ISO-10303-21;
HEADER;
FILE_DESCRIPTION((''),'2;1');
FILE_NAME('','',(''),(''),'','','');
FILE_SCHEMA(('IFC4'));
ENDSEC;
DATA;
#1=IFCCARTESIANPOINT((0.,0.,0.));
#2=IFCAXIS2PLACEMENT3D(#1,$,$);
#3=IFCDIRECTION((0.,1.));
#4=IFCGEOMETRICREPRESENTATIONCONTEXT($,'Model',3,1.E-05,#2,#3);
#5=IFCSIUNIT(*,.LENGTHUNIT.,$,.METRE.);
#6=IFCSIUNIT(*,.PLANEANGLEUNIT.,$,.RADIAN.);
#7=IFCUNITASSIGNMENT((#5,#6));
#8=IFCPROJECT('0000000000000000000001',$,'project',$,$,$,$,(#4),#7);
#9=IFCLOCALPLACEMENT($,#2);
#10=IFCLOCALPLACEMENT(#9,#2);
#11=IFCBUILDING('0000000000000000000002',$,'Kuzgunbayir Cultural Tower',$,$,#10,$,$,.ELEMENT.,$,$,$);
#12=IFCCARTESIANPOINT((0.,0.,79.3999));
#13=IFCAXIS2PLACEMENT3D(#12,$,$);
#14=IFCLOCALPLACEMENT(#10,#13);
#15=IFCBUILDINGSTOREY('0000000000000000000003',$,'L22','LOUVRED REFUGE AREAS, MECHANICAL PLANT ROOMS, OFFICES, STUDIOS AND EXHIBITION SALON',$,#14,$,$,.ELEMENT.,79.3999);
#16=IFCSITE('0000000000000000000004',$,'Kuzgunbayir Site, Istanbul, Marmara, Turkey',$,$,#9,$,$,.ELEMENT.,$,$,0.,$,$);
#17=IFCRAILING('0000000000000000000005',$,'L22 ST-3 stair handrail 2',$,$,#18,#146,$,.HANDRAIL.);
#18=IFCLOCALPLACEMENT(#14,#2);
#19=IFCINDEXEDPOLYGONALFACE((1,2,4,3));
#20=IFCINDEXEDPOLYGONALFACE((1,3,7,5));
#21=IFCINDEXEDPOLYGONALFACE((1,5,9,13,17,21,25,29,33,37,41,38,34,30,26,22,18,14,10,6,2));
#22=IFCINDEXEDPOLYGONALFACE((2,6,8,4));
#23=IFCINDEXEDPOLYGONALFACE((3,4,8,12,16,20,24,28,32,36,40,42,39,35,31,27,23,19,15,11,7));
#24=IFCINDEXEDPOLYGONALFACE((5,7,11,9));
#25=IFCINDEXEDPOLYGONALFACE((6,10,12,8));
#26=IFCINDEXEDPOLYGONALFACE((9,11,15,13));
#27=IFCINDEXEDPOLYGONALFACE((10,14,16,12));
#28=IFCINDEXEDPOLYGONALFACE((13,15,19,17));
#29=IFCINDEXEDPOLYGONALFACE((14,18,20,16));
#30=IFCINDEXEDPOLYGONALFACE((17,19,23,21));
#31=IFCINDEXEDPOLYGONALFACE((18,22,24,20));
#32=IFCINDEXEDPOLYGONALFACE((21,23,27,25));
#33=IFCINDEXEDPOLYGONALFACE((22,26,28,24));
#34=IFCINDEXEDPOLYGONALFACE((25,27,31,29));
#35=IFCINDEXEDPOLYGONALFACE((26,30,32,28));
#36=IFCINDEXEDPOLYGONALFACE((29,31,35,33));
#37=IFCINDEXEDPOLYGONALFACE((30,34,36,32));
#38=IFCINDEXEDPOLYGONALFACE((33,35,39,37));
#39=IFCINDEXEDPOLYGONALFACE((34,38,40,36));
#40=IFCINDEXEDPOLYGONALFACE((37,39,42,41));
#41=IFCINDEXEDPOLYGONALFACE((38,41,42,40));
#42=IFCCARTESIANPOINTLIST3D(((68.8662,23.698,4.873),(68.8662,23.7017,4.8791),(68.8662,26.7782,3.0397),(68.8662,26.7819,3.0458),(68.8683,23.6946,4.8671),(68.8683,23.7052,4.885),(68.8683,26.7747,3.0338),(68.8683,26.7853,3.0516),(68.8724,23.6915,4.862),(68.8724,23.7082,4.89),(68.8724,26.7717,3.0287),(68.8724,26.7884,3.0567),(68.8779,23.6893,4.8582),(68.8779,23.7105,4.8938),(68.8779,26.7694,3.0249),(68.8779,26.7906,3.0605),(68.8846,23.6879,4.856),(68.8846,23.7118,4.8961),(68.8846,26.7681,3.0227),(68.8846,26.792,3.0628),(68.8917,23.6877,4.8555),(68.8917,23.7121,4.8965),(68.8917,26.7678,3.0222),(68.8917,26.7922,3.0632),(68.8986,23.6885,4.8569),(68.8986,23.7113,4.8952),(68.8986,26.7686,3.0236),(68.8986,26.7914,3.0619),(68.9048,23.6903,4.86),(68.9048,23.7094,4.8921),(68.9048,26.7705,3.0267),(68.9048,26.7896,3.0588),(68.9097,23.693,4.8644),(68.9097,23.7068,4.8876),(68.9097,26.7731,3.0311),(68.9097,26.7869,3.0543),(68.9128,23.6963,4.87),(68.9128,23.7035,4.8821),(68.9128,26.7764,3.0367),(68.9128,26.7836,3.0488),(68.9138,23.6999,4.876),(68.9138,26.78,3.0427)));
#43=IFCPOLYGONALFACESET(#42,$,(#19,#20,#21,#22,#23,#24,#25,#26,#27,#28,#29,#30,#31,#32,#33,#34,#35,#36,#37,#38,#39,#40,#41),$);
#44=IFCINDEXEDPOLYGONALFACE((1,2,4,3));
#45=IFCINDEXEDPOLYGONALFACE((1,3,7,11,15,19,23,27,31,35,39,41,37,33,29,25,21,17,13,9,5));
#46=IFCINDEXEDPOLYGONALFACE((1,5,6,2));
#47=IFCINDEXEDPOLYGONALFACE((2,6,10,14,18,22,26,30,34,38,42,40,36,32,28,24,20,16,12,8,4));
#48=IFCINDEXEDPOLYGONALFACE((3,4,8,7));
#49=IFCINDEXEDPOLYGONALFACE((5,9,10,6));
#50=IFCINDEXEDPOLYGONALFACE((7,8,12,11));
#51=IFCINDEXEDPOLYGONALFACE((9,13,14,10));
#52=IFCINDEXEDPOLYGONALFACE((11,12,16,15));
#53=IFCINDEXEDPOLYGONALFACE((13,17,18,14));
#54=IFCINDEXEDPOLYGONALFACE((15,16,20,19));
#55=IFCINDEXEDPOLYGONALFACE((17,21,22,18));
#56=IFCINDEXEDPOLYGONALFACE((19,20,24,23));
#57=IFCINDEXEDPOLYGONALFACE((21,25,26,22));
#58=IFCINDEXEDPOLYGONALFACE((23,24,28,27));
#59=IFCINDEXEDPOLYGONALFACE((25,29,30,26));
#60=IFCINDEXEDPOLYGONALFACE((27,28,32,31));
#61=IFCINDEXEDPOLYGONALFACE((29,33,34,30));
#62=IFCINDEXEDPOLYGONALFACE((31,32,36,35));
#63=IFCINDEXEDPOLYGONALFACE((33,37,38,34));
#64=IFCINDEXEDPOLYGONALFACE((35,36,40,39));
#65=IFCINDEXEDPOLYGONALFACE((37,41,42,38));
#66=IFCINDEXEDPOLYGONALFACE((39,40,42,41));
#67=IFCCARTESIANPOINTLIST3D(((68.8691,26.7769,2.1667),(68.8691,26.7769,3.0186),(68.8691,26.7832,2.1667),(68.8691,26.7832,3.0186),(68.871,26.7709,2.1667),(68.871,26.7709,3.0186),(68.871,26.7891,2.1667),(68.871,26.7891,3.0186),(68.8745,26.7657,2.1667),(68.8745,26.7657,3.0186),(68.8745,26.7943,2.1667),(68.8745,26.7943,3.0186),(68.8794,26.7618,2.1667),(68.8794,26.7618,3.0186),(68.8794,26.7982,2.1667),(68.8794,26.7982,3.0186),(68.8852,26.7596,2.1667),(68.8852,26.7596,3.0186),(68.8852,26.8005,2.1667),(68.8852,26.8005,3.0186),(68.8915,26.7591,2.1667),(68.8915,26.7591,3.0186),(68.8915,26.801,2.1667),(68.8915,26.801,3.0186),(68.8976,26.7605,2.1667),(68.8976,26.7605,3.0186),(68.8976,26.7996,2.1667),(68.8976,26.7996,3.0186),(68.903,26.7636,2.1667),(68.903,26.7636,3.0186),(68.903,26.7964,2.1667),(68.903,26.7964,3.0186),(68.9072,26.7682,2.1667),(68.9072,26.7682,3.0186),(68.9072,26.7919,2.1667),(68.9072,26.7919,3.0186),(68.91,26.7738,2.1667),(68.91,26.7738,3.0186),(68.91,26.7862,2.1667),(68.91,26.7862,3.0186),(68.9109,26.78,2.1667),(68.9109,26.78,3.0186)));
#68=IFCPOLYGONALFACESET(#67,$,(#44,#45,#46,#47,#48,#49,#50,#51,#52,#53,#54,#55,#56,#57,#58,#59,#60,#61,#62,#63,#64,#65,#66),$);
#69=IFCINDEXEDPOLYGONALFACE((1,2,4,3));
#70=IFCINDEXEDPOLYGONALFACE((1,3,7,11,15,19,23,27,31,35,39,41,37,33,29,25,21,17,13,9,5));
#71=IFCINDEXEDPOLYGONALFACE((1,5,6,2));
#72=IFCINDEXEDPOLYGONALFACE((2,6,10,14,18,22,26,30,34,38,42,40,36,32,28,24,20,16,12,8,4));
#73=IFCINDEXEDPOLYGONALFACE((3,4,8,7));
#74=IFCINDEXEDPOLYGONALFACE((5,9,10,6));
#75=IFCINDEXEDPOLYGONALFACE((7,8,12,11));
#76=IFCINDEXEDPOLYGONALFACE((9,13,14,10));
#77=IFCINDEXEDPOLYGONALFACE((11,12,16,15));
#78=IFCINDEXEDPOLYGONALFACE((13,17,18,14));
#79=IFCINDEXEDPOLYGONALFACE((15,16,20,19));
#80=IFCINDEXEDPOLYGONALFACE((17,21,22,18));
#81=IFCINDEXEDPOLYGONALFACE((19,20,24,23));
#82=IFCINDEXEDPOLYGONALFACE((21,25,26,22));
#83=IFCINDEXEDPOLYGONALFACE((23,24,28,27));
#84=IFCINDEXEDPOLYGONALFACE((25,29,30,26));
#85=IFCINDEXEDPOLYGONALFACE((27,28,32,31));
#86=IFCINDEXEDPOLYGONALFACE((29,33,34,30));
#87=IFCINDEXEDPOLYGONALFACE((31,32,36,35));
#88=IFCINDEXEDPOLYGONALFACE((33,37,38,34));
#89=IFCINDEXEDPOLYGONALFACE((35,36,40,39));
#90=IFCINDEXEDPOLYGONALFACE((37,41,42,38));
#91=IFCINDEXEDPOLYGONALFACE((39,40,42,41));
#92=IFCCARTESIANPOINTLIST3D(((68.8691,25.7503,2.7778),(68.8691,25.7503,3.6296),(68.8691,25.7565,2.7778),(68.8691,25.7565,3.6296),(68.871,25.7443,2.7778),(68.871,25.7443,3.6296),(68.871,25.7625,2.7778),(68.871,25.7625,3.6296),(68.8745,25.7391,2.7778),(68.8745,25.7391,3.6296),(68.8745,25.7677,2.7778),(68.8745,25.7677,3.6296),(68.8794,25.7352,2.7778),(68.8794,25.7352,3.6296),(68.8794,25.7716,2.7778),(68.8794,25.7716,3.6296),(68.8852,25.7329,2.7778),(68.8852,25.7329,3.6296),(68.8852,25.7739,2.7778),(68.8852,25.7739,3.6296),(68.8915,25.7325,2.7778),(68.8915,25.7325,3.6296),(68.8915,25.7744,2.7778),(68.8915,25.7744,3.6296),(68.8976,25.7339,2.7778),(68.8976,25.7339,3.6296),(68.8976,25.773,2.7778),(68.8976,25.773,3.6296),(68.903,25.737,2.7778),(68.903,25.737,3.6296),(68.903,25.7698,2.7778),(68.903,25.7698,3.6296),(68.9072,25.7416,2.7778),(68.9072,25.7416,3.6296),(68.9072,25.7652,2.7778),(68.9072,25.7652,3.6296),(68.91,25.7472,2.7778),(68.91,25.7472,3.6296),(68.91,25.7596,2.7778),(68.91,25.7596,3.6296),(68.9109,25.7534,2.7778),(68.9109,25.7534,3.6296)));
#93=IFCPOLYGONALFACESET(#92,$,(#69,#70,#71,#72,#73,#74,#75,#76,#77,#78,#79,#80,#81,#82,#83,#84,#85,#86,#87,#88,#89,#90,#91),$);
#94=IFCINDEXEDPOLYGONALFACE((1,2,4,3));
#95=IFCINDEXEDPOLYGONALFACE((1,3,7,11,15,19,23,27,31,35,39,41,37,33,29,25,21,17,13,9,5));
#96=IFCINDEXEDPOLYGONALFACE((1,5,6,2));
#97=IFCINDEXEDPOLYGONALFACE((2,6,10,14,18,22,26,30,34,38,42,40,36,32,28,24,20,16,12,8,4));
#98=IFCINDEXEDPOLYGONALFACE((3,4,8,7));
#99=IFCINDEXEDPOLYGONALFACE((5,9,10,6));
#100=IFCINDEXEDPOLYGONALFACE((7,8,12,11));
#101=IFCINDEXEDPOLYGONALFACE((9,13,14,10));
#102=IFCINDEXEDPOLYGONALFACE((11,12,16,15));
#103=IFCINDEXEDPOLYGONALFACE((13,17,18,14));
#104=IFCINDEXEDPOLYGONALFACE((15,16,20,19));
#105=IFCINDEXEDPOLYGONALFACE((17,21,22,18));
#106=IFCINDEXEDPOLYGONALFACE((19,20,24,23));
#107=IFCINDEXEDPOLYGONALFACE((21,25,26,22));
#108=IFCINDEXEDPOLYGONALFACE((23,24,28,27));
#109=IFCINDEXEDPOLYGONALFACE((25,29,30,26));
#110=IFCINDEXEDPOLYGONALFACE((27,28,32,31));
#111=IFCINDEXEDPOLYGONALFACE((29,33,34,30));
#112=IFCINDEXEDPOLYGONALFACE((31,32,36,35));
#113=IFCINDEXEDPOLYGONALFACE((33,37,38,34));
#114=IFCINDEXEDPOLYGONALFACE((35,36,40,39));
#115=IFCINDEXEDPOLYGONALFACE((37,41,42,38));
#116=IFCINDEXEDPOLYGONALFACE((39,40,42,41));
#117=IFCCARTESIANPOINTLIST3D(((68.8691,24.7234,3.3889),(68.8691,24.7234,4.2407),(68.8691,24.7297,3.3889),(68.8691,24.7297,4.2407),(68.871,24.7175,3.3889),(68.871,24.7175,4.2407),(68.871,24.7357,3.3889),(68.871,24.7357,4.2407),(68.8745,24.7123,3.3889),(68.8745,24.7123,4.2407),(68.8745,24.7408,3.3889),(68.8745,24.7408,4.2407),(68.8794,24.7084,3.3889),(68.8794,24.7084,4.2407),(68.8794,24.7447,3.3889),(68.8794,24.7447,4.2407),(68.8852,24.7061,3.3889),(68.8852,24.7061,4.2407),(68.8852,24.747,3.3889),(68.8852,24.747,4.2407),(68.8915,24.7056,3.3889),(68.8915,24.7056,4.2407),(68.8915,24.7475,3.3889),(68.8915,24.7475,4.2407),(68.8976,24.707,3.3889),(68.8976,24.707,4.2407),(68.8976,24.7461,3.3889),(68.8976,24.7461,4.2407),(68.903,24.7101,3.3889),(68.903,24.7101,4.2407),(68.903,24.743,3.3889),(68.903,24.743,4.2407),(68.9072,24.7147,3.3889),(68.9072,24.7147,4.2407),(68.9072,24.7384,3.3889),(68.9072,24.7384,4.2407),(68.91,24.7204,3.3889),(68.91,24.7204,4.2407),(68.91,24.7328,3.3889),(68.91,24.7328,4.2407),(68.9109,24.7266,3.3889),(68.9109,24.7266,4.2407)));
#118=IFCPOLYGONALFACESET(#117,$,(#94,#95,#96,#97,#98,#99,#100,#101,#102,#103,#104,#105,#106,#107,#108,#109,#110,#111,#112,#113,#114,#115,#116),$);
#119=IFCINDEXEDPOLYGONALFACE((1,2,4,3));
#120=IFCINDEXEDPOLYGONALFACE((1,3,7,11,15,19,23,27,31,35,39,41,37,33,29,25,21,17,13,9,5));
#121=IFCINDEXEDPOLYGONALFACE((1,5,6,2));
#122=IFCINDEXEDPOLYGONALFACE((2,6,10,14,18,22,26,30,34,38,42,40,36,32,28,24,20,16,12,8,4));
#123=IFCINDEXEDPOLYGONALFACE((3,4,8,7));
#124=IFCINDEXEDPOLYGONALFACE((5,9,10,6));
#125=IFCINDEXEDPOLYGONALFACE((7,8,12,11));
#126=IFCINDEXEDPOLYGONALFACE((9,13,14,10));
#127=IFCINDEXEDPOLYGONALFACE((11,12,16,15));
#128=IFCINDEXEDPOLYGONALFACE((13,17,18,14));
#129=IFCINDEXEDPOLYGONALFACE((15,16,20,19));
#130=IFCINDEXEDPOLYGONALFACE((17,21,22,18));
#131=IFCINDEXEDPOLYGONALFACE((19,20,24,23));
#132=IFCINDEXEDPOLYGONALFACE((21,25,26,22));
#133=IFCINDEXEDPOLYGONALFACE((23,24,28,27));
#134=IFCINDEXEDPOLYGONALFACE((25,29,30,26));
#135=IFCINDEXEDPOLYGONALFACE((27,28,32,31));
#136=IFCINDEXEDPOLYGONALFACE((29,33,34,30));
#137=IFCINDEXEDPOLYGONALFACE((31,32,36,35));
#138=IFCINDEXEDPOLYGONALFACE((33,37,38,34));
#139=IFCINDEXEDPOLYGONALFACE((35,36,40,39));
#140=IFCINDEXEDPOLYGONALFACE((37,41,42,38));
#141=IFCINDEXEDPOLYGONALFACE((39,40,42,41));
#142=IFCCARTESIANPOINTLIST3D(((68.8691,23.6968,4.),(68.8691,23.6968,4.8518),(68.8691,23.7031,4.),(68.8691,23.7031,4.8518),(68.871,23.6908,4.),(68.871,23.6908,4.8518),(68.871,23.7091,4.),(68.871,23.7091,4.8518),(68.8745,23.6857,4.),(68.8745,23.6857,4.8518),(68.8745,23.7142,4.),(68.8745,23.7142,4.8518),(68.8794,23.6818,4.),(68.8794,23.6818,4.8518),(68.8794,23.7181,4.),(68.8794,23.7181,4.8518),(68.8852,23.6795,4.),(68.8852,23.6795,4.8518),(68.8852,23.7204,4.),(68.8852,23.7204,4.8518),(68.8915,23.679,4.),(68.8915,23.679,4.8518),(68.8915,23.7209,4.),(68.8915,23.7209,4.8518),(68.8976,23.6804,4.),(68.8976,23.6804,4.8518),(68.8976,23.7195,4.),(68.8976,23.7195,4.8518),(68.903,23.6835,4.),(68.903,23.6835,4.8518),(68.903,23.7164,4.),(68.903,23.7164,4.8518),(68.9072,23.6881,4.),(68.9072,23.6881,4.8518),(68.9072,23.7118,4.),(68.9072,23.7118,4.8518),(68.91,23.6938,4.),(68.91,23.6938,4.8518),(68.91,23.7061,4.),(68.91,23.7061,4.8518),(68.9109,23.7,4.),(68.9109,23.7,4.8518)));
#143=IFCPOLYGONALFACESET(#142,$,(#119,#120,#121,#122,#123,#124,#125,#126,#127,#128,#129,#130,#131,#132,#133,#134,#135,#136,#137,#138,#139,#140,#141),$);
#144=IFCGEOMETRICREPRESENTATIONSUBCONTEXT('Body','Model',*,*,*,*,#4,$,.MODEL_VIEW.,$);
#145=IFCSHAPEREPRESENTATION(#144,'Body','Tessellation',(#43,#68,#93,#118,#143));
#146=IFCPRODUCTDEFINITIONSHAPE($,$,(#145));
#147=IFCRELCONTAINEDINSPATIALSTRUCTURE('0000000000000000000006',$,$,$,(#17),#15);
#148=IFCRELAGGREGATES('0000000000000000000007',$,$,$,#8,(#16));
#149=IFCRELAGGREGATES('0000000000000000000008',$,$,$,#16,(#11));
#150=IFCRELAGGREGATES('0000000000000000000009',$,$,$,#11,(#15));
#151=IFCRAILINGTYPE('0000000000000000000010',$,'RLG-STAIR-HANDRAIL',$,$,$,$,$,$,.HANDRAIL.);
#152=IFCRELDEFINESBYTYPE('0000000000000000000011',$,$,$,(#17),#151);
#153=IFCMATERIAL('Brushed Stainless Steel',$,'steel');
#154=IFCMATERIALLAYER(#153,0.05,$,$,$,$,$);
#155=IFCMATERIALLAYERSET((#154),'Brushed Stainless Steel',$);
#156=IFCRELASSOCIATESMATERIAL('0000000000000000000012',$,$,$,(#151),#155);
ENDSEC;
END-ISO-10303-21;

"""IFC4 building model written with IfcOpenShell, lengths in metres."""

from ifc_helpers import new_model, si_unit, direction, frame, origin, origin_2d, place, context, subcontext, project, spatial, circle, extrude, material, layer, layer_set, type_object, element, save


model = new_model("IFC4")

# Units and contexts
model_context = context("Model", 3, precision=1e-05, world=origin(), true_north=direction((0.0, 1.0)))
body_context = subcontext(model_context, "Body", "Model", "MODEL_VIEW")
ifc_project = project(units=[si_unit("LENGTHUNIT", "METRE"), si_unit("PLANEANGLEUNIT", "RADIAN")], contexts=[model_context])

# Site, building, storey
site_placement = place(None, origin())
site = spatial("IfcSite", under=ifc_project, at=site_placement, Name="Kuzgunbayir Site, Istanbul, Marmara, Turkey", CompositionType="ELEMENT", RefElevation=0.0)
building_placement = place(site_placement, origin())
building = spatial("IfcBuilding", under=site, at=building_placement, Name="Kuzgunbayir Cultural Tower", CompositionType="ELEMENT")
storey_placement = place(building_placement, frame((0.0, 0.0, 79.3999)))
storey = spatial("IfcBuildingStorey", under=building, at=storey_placement, Name="L22", Description="LOUVRED REFUGE AREAS, MECHANICAL PLANT ROOMS, OFFICES, STUDIOS AND EXHIBITION SALON", CompositionType="ELEMENT", Elevation=79.3999)

# Railing
ifc_material_1 = material(Name="Brushed Stainless Steel", Category="steel")
ifc_layer_1 = layer(ifc_material_1, 0.05)
ifc_layer_set_1 = layer_set([ifc_layer_1], Name="Brushed Stainless Steel")
railing_type_1 = type_object("IfcRailingType", Name="RLG-STAIR-HANDRAIL", PredefinedType="HANDRAIL", material=ifc_layer_set_1)
railing_1_placement = place(storey_placement, frame((68.8899, 26.78, 2.1667)))
element("IfcRailing", 1, at=railing_1_placement, inside=storey, type_object=railing_type_1, Name="L22 ST-3 stair handrail 2", PredefinedType="HANDRAIL", context=body_context, shape_type="SweptSolid", body=[
    extrude(circle(Radius=0.0239, at=origin_2d()), frame((0.0, 0.0, 0.876), z_axis=(0.0, -0.859309, 0.511458), x_axis=(1.0, 0.0, 0.0)), (0.0, 0.0, 1.0), 3.5845),
    extrude(circle(Radius=0.021, at=origin_2d()), origin(), (0.0, 0.0, 1.0), 0.8518),
    extrude(circle(Radius=0.021, at=origin_2d()), frame((0.0, -1.0266, 0.6111)), (0.0, 0.0, 1.0), 0.8518),
    extrude(circle(Radius=0.021, at=origin_2d()), frame((0.0, -2.0535, 1.2222)), (0.0, 0.0, 1.0), 0.8518),
    extrude(circle(Radius=0.021, at=origin_2d()), frame((0.0, -3.0801, 1.8333)), (0.0, 0.0, 1.0), 0.8518),
])

save(model, "model.ifc")
